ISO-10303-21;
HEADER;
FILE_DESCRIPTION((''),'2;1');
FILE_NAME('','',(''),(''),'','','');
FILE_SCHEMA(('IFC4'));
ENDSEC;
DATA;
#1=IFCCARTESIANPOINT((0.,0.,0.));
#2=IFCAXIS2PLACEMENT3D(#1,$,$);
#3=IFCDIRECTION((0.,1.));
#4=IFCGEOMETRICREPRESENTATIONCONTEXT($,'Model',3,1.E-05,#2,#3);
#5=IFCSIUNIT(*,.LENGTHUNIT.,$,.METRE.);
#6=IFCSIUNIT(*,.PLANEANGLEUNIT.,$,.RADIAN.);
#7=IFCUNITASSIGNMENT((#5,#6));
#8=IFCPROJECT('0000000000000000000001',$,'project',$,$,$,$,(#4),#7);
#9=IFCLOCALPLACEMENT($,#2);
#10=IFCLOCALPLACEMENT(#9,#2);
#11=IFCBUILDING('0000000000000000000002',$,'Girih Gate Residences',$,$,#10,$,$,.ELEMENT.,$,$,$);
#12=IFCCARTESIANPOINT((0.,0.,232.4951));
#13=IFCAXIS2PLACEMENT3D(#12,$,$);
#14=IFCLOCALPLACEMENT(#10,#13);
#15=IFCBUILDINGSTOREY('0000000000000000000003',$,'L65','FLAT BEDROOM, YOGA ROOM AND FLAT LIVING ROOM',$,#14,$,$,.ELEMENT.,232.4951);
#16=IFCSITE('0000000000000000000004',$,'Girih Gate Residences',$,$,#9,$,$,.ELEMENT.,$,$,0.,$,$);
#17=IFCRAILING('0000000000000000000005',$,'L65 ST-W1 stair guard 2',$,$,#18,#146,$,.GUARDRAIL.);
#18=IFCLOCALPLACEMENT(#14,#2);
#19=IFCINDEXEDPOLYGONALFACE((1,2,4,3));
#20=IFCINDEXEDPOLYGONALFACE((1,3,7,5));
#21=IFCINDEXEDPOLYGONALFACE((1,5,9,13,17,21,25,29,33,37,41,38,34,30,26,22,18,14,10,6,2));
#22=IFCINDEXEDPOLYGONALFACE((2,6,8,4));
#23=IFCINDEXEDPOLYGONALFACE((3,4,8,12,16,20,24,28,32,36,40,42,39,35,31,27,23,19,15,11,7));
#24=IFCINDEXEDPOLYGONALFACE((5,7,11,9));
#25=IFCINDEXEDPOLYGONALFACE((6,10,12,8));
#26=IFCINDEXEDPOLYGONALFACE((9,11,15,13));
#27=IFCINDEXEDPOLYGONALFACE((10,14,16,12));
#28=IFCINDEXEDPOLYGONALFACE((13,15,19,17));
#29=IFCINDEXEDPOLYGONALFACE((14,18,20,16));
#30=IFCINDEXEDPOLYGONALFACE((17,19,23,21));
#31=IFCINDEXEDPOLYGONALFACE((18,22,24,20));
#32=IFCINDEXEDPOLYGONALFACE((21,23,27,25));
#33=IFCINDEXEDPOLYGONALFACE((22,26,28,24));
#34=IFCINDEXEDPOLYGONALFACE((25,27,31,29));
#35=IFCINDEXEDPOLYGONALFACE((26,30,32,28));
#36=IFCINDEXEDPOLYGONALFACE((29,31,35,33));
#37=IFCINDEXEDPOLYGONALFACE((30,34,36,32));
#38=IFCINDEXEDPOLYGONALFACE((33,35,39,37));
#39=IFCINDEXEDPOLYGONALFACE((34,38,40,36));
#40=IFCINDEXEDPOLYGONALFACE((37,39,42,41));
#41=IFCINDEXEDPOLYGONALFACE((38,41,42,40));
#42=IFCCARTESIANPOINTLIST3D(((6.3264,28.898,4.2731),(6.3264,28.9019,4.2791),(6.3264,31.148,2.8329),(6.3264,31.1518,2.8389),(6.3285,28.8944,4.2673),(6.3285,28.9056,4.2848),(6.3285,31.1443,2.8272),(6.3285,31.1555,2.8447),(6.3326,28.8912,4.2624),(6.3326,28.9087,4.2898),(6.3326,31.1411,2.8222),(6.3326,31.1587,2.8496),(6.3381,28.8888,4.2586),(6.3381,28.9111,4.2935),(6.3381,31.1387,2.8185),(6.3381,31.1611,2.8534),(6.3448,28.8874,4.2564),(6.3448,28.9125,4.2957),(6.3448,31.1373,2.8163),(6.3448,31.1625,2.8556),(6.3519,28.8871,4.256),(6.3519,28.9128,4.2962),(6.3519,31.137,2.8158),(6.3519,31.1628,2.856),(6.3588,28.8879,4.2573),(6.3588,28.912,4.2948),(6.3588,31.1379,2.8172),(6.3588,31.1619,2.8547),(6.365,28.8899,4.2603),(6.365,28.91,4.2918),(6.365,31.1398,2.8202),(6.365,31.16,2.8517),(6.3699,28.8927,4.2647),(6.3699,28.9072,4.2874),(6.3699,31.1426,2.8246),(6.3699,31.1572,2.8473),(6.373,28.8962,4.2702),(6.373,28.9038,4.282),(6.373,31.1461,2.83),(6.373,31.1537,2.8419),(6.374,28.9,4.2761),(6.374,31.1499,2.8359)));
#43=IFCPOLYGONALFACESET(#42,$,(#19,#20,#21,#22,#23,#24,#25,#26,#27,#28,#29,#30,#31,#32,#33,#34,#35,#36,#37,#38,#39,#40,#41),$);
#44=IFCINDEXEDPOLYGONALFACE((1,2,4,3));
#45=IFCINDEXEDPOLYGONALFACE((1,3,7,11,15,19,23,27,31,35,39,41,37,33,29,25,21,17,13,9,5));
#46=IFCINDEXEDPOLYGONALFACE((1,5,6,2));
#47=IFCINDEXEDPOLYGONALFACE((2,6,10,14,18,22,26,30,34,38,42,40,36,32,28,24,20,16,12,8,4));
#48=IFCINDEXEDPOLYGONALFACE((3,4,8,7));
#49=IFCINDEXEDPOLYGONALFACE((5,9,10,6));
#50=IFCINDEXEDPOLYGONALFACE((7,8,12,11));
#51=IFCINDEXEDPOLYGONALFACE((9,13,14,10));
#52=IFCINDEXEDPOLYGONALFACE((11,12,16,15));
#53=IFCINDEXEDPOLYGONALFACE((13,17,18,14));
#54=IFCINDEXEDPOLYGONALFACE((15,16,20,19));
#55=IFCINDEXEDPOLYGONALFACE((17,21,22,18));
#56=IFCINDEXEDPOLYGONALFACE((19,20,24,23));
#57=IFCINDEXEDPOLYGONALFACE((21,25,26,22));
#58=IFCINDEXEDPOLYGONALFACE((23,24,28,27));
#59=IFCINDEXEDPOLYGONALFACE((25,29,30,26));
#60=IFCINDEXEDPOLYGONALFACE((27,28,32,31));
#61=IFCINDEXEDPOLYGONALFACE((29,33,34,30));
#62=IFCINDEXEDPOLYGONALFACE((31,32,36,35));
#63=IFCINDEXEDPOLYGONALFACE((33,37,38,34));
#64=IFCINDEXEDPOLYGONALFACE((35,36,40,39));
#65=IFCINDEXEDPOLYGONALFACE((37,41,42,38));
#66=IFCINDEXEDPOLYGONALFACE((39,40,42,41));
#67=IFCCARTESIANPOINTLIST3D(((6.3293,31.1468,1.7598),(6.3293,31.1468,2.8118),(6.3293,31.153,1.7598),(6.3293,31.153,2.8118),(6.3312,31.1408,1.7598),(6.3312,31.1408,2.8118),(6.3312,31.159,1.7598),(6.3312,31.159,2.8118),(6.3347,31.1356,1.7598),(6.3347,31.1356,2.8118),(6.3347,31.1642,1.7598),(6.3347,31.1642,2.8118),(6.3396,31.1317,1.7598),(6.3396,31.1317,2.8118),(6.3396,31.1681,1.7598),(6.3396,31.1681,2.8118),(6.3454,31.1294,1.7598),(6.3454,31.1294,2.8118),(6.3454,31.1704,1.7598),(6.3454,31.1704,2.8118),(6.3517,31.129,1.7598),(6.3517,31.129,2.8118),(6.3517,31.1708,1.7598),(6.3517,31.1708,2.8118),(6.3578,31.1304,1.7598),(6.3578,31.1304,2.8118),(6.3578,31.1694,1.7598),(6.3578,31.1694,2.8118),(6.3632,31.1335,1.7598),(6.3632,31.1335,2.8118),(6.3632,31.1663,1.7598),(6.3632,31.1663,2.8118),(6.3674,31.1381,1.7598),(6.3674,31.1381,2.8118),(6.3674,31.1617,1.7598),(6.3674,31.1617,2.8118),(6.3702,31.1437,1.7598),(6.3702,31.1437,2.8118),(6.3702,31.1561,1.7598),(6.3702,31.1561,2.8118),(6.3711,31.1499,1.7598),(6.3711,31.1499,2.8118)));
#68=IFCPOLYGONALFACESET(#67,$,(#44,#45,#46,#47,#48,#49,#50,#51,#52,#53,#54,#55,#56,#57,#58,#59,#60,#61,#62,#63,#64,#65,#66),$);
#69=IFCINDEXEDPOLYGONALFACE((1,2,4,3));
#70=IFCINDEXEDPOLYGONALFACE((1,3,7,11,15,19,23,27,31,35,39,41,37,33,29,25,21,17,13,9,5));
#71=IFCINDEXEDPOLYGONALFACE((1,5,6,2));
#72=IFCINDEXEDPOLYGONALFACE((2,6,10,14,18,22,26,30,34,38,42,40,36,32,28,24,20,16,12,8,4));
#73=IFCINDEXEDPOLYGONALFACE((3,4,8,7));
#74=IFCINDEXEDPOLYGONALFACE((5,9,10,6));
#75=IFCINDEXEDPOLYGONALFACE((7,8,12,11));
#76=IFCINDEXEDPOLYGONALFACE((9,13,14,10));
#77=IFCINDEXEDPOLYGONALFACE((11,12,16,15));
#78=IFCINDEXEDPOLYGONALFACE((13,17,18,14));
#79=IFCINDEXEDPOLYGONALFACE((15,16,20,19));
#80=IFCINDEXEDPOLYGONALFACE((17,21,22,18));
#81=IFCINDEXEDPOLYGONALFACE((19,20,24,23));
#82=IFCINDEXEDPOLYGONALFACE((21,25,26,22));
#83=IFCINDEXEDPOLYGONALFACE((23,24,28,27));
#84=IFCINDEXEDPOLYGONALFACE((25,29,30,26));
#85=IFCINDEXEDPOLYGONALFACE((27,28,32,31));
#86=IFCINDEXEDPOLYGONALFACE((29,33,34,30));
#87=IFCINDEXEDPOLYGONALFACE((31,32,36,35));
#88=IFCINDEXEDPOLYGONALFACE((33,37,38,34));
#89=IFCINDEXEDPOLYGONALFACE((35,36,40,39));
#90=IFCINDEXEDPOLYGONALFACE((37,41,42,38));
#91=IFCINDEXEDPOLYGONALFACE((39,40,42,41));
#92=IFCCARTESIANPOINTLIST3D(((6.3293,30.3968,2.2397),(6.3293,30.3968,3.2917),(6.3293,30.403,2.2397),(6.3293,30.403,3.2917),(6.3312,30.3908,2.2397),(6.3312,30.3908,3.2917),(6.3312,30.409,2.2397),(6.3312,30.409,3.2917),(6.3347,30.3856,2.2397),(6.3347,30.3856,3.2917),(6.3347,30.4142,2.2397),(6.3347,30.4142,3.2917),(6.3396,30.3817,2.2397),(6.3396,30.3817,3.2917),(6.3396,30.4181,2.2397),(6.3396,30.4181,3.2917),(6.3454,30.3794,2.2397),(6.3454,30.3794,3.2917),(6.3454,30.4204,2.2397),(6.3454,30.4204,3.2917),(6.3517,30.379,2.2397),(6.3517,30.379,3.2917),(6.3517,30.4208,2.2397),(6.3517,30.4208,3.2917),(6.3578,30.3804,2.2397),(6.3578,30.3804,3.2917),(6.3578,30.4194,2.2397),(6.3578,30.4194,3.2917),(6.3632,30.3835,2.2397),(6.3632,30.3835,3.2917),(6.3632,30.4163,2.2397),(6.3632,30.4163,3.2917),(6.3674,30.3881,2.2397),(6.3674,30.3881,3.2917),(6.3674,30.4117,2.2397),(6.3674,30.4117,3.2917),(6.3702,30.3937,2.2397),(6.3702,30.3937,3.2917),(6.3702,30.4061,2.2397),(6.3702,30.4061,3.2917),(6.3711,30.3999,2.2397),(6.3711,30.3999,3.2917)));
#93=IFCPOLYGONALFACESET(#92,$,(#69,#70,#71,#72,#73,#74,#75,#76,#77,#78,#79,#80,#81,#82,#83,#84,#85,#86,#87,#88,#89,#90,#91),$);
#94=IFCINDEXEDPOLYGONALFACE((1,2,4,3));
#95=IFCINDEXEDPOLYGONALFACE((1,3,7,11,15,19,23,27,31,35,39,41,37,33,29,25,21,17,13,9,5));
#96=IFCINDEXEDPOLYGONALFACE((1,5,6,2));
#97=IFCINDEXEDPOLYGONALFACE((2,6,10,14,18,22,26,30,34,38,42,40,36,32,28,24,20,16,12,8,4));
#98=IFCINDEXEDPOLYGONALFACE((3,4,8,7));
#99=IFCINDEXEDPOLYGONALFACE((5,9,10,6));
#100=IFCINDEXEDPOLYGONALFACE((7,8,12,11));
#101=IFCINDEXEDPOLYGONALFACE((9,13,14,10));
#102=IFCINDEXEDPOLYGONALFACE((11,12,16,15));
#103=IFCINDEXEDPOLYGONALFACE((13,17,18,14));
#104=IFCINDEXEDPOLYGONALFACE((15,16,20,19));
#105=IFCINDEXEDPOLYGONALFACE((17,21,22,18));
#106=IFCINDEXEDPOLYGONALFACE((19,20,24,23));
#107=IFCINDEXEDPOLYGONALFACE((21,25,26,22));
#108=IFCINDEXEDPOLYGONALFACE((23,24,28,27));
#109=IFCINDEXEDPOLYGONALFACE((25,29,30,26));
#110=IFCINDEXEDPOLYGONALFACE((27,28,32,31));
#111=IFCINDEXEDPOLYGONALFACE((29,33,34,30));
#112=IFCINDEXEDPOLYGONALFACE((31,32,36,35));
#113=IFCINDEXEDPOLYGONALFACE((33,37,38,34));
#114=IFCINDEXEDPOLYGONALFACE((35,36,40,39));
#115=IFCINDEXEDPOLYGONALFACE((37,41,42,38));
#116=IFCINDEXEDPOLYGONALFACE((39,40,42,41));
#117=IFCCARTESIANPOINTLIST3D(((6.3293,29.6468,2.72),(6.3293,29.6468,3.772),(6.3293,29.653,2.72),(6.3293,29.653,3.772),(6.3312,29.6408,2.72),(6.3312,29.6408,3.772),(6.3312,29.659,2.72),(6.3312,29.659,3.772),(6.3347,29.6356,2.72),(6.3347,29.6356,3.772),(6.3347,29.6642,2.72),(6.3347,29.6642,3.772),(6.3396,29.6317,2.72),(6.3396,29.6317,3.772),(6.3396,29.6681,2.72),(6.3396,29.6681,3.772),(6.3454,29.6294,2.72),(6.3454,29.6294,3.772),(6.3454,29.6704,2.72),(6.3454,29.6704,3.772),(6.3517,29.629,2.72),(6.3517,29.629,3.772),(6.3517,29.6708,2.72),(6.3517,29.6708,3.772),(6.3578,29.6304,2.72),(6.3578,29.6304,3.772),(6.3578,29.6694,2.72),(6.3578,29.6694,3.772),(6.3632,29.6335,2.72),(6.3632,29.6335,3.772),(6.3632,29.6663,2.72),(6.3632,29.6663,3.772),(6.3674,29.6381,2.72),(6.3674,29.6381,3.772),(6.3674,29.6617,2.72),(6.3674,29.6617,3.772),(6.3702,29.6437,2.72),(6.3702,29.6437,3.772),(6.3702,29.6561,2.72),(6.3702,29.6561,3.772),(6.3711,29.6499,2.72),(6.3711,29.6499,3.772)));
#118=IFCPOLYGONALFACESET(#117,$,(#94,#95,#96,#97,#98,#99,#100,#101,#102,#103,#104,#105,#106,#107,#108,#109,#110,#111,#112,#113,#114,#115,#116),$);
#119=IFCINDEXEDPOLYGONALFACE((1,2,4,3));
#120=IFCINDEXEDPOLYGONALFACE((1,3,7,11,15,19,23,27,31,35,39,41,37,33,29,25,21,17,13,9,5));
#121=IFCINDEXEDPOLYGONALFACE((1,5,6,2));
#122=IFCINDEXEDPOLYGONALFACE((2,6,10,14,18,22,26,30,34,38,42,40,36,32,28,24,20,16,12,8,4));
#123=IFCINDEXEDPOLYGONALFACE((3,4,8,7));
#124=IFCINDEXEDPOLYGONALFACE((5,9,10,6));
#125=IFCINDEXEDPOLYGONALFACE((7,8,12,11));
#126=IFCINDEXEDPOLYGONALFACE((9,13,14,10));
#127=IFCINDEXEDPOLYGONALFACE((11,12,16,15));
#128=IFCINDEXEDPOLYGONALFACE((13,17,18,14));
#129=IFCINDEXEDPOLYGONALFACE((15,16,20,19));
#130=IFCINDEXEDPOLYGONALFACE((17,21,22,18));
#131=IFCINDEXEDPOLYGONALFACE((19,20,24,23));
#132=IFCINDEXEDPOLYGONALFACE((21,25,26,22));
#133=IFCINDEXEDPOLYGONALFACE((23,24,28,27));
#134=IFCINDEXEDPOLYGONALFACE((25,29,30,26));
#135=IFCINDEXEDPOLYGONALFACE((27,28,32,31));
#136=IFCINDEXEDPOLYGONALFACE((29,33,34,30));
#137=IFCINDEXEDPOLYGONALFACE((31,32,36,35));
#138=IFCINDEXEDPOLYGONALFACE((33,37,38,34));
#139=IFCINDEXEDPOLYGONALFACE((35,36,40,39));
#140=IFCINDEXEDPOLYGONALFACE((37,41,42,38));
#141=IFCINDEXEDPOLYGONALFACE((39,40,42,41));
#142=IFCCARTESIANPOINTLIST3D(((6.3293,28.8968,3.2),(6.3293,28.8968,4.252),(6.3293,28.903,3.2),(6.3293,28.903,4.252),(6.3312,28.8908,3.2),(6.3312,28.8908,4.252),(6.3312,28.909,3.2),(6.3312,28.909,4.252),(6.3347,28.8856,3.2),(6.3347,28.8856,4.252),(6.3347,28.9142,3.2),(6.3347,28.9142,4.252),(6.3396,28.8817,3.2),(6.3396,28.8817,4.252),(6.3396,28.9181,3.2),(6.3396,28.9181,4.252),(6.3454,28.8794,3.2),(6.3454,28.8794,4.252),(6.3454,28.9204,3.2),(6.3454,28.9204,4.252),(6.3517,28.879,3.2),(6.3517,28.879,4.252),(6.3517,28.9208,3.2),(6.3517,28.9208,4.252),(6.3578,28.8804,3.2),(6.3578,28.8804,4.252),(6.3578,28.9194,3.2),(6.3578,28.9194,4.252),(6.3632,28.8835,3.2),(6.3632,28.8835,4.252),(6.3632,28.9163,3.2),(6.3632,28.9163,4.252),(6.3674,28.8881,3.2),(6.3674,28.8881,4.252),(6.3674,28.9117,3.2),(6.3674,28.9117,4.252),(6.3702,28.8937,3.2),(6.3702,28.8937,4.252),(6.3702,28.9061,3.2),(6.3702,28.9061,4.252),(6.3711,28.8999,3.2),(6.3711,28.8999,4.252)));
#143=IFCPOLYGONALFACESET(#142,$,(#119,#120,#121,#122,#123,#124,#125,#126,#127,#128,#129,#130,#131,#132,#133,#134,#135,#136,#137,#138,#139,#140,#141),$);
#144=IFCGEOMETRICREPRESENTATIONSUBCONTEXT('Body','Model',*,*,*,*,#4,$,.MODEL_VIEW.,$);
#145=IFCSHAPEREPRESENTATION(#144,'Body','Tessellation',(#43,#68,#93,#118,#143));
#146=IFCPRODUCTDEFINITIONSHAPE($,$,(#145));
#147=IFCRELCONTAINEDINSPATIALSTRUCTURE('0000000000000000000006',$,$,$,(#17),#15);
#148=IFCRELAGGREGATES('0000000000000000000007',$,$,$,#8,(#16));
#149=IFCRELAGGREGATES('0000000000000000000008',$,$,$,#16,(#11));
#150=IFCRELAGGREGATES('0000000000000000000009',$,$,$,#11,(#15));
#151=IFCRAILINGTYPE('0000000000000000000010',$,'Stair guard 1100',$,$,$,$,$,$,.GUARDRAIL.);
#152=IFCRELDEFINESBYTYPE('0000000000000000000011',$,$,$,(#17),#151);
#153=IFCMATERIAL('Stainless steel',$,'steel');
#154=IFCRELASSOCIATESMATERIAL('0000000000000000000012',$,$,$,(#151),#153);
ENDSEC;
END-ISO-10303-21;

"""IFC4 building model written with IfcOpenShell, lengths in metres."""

from ifc_helpers import new_model, si_unit, direction, frame, origin, origin_2d, place, context, subcontext, project, spatial, circle, extrude, material, type_object, element, save


model = new_model("IFC4")

# Units and contexts
model_context = context("Model", 3, precision=1e-05, world=origin(), true_north=direction((0.0, 1.0)))
body_context = subcontext(model_context, "Body", "Model", "MODEL_VIEW")
ifc_project = project(units=[si_unit("LENGTHUNIT", "METRE"), si_unit("PLANEANGLEUNIT", "RADIAN")], contexts=[model_context])

# Site, building, storey
site_placement = place(None, origin())
site = spatial("IfcSite", under=ifc_project, at=site_placement, Name="Girih Gate Residences", CompositionType="ELEMENT", RefElevation=0.0)
building_placement = place(site_placement, origin())
building = spatial("IfcBuilding", under=site, at=building_placement, Name="Girih Gate Residences", CompositionType="ELEMENT")
storey_placement = place(building_placement, frame((0.0, 0.0, 232.4951)))
storey = spatial("IfcBuildingStorey", under=building, at=storey_placement, Name="L65", Description="FLAT BEDROOM, YOGA ROOM AND FLAT LIVING ROOM", CompositionType="ELEMENT", Elevation=232.4951)

# Shared definitions
ifc_material_1 = material(Name="Stainless steel", Category="steel")

# Railing
railing_type_1 = type_object("IfcRailingType", Name="Stair guard 1100", PredefinedType="GUARDRAIL", material=ifc_material_1)
railing_1_placement = place(storey_placement, frame((6.3501, 31.1499, 1.7598)))
element("IfcRailing", 1, at=railing_1_placement, inside=storey, type_object=railing_type_1, Name="L65 ST-W1 stair guard 2", PredefinedType="GUARDRAIL", context=body_context, shape_type="SweptSolid", body=[
    extrude(circle(Radius=0.0239, at=origin_2d()), frame((0.0, 0.0, 1.0762), z_axis=(0.0, -0.84224, 0.539103), x_axis=(1.0, 0.0, 0.0)), (0.0, 0.0, 1.0), 2.6714),
    extrude(circle(Radius=0.021, at=origin_2d()), origin(), (0.0, 0.0, 1.0), 1.052),
    extrude(circle(Radius=0.021, at=origin_2d()), frame((0.0, -0.75, 0.48)), (0.0, 0.0, 1.0), 1.052),
    extrude(circle(Radius=0.021, at=origin_2d()), frame((0.0, -1.5, 0.9602)), (0.0, 0.0, 1.0), 1.052),
    extrude(circle(Radius=0.021, at=origin_2d()), frame((0.0, -2.25, 1.4402)), (0.0, 0.0, 1.0), 1.052),
])

save(model, "model.ifc")
